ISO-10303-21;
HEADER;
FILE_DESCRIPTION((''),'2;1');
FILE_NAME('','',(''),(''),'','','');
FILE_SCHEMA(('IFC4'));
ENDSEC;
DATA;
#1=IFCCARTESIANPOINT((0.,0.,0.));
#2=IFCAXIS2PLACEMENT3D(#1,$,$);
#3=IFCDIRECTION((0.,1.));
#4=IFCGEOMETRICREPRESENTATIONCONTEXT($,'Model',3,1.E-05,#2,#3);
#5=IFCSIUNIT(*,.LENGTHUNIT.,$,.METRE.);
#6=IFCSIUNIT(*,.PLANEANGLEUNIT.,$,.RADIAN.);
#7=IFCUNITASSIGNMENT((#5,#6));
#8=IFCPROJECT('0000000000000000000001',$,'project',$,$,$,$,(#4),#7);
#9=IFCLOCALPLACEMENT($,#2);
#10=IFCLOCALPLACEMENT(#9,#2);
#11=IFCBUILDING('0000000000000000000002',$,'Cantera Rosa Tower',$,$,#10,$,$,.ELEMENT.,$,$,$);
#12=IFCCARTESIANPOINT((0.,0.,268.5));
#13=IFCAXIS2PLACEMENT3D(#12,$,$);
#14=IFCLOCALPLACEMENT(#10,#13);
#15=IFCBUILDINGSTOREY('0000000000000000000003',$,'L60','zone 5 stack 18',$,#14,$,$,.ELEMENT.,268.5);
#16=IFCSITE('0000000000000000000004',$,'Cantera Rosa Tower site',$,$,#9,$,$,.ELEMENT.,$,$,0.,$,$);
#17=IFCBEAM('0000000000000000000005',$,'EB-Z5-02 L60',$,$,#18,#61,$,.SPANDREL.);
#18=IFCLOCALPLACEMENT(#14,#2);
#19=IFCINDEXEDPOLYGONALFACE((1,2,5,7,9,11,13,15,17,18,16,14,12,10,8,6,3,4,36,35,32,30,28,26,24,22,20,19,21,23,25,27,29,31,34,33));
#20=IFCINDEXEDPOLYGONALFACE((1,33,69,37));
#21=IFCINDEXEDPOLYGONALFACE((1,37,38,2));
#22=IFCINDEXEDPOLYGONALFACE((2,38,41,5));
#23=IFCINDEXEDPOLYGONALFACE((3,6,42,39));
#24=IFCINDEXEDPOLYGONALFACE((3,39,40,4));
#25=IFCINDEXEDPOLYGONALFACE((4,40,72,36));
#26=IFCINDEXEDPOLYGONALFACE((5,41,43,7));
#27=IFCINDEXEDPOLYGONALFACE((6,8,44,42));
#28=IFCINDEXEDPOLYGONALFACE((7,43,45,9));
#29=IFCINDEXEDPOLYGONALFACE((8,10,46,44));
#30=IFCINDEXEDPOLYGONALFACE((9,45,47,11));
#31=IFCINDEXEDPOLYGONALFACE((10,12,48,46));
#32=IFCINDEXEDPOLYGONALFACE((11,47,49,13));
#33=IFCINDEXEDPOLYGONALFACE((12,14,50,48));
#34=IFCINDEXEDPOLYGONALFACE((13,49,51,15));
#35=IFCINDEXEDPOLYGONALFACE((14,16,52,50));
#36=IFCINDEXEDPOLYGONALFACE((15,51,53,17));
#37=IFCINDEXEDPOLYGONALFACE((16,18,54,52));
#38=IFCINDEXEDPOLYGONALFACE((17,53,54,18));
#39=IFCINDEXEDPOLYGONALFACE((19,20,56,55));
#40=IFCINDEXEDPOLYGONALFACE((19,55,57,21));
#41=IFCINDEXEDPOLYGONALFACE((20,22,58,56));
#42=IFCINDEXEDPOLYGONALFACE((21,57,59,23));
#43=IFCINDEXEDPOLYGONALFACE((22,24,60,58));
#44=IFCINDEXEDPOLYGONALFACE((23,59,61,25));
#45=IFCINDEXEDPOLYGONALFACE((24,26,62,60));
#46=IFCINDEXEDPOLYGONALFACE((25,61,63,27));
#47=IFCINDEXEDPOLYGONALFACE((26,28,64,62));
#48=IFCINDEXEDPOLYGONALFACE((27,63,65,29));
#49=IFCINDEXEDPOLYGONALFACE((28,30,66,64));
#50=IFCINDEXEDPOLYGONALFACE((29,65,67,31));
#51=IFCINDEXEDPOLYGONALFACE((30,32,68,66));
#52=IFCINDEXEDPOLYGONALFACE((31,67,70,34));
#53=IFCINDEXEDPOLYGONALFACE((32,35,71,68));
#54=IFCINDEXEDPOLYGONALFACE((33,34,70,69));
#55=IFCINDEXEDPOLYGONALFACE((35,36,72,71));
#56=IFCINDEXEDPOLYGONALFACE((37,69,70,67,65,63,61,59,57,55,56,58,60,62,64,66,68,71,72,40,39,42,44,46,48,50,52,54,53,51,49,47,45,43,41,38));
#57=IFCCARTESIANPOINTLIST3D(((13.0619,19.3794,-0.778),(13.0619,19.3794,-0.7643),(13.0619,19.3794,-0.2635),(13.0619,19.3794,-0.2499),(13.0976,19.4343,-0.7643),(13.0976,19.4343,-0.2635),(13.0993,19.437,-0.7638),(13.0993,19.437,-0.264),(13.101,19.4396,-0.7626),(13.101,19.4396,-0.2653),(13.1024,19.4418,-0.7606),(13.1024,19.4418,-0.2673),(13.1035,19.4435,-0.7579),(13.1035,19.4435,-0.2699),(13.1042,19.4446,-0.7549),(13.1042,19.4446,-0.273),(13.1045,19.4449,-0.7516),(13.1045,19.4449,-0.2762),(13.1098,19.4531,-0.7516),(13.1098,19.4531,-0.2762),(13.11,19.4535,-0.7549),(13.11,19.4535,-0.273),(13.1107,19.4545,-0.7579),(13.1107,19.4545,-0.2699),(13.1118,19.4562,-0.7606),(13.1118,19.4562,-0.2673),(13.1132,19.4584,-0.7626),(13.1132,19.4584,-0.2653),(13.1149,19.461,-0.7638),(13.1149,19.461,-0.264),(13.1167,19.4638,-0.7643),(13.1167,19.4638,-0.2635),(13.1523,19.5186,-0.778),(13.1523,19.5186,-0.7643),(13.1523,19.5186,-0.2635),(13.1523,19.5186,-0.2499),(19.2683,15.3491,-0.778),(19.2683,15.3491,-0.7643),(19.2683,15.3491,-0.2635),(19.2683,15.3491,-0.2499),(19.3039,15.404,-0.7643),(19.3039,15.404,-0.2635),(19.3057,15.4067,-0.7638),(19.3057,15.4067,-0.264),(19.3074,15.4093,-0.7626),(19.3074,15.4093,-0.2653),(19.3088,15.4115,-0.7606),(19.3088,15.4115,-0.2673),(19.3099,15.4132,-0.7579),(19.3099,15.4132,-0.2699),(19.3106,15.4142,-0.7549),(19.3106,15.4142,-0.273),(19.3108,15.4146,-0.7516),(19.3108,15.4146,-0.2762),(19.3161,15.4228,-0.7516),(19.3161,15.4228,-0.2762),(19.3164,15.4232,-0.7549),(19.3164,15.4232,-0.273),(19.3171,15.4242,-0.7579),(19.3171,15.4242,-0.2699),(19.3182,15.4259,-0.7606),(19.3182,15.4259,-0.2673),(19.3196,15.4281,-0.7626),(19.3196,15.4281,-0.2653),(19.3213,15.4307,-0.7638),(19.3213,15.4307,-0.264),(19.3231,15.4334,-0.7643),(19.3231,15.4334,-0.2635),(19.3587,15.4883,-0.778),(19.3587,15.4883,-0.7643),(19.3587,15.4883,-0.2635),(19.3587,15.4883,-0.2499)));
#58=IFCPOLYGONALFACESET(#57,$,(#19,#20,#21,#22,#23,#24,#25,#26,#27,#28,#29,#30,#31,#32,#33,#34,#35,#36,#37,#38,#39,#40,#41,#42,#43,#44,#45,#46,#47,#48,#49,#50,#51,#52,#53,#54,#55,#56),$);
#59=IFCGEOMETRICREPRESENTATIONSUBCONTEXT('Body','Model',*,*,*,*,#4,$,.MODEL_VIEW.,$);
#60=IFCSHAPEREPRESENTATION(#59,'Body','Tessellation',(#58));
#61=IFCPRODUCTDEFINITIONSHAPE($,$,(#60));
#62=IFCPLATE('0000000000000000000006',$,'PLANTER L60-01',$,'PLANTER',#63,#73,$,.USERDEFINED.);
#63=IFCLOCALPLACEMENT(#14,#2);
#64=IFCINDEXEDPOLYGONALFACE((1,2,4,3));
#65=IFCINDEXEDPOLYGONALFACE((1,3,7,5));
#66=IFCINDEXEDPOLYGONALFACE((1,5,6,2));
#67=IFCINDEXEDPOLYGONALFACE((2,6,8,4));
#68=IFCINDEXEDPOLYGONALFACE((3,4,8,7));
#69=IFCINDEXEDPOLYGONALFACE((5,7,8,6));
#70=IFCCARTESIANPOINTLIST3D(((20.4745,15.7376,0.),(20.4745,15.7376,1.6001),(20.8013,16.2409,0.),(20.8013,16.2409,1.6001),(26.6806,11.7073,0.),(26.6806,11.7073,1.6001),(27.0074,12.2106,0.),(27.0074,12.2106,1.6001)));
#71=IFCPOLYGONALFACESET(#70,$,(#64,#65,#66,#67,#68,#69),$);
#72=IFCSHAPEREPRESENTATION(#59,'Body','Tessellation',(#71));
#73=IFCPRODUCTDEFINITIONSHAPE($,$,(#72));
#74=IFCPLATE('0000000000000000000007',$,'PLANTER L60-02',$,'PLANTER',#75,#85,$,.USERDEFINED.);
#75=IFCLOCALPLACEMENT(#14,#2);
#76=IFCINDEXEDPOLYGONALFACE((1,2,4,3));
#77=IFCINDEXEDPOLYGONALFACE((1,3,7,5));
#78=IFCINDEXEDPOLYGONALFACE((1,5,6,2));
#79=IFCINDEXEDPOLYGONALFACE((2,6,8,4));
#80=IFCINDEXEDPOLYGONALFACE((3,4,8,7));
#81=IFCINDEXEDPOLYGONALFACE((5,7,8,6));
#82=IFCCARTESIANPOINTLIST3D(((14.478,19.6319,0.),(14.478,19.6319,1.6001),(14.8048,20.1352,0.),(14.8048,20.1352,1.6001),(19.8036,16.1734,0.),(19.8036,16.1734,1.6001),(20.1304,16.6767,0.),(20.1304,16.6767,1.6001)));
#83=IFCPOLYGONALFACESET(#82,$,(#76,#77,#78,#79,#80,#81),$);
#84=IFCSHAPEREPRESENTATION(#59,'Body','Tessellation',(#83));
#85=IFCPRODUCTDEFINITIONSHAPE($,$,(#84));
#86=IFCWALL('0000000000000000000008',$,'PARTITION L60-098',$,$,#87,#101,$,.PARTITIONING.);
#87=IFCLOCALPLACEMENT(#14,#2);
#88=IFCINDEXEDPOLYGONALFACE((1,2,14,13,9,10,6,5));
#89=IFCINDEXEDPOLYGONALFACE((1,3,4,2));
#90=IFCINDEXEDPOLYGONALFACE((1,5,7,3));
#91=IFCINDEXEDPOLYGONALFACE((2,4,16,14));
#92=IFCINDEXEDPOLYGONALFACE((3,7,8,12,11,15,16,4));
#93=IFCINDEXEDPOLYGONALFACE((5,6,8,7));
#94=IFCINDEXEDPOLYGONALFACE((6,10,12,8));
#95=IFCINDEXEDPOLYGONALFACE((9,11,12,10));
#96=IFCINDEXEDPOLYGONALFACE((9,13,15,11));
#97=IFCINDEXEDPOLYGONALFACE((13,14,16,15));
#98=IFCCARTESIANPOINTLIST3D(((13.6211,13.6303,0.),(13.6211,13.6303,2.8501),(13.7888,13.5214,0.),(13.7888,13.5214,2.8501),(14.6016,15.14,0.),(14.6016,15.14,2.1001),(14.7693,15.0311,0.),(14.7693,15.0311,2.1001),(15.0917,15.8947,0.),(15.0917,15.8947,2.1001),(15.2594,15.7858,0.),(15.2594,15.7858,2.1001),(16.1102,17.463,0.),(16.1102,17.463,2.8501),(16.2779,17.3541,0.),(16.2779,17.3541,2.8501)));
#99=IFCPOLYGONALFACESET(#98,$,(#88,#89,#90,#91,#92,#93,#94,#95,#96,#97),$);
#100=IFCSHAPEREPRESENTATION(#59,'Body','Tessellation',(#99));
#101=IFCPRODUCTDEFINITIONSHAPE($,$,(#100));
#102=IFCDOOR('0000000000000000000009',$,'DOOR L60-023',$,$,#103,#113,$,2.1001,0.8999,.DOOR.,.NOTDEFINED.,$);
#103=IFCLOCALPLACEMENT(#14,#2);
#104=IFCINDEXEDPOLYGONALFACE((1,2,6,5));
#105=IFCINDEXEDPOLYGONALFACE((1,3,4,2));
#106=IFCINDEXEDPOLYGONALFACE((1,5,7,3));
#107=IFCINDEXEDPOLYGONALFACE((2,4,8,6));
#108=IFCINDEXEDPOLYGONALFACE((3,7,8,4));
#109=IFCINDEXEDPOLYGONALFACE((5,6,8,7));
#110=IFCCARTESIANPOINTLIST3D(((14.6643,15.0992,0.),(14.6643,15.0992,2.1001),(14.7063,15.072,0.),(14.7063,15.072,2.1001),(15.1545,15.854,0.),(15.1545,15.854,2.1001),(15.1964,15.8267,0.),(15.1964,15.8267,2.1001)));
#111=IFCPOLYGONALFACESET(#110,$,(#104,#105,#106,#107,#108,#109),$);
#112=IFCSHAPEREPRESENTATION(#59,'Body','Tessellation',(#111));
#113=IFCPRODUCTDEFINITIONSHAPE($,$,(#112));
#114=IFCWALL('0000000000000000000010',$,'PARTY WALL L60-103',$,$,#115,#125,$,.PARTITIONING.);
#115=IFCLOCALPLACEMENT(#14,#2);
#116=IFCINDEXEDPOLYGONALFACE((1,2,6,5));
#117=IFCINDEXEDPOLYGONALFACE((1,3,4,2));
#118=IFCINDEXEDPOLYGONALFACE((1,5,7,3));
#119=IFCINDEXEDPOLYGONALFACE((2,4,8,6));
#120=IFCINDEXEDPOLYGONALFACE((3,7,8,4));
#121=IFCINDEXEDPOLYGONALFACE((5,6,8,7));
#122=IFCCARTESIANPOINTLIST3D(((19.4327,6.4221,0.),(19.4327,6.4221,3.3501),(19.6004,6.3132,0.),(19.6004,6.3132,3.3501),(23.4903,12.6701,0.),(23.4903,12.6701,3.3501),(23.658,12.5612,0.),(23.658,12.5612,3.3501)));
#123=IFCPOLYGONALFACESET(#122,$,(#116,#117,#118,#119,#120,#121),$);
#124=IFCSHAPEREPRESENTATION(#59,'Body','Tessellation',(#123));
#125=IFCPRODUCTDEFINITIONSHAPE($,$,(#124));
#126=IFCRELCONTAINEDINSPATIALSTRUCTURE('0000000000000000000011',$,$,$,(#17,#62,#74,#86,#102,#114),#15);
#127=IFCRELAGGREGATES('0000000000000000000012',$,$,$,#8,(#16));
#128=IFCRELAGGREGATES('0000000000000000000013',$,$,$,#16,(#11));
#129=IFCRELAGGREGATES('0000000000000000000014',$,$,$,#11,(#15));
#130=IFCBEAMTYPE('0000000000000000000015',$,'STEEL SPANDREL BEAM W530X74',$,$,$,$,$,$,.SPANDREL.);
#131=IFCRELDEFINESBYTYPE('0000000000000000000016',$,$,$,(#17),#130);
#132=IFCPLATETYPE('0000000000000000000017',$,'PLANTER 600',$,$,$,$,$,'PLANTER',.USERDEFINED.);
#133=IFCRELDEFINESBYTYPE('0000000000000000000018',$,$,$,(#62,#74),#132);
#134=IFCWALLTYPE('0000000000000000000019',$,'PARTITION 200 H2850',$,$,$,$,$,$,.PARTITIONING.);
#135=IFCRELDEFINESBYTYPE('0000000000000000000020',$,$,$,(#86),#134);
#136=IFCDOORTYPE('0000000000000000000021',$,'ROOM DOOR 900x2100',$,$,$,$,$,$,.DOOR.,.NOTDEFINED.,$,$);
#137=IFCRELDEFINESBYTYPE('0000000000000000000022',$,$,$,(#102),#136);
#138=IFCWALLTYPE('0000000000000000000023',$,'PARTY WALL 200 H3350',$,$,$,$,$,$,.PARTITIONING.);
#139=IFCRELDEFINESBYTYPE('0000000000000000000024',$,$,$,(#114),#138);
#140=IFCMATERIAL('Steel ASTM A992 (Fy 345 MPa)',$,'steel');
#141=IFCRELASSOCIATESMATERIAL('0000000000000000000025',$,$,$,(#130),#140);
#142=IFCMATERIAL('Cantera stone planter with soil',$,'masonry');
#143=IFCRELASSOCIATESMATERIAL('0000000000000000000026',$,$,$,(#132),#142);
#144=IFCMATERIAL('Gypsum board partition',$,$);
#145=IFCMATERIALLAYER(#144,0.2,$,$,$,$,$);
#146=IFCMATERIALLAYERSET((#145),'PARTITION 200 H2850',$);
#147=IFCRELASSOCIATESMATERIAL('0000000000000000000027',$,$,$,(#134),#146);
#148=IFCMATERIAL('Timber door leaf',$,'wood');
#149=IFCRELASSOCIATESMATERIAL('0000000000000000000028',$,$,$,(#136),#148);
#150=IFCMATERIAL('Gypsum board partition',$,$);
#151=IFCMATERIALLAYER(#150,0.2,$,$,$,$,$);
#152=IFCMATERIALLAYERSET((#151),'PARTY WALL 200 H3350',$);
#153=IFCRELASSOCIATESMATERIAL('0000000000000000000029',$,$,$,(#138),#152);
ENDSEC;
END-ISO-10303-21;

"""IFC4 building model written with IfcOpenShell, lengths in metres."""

from ifc_helpers import new_model, si_unit, direction, frame, frame_2d, origin, origin_2d, place, context, subcontext, project, spatial, rectangle, i_section, extrude, material, layer, layer_set, material_profile, profile_set, type_object, element, fill, save


model = new_model("IFC4")

# Units and contexts
model_context = context("Model", 3, precision=1e-05, world=origin(), true_north=direction((0.0, 1.0)))
body_context = subcontext(model_context, "Body", "Model", "MODEL_VIEW")
ifc_project = project(units=[si_unit("LENGTHUNIT", "METRE"), si_unit("PLANEANGLEUNIT", "RADIAN")], contexts=[model_context])

# Site, building, storey
site_placement = place(None, origin())
site = spatial("IfcSite", under=ifc_project, at=site_placement, Name="Cantera Rosa Tower site", CompositionType="ELEMENT", RefElevation=0.0)
building_placement = place(site_placement, origin())
building = spatial("IfcBuilding", under=site, at=building_placement, Name="Cantera Rosa Tower", CompositionType="ELEMENT")
storey_placement = place(building_placement, frame((0.0, 0.0, 268.5)))
storey = spatial("IfcBuildingStorey", under=building, at=storey_placement, Name="L60", Description="zone 5 stack 18", CompositionType="ELEMENT", Elevation=268.5)

# Beam
ifc_material_1 = material(Name="Steel ASTM A992 (Fy 345 MPa)", Category="steel")
ifc_material_profile_1 = material_profile(ifc_material_1, i_section(OverallWidth=0.166, OverallDepth=0.5281, WebThickness=0.0098, FlangeThickness=0.0137, FilletRadius=0.0127, at=origin_2d()), Name="W530X74")
ifc_profile_set_1 = profile_set([ifc_material_profile_1], Name="Steel ASTM A992 (Fy 345 MPa)")
beam_type_1 = type_object("IfcBeamType", Name="STEEL SPANDREL BEAM W530X74", PredefinedType="SPANDREL", material=ifc_profile_set_1)
beam_1_placement = place(storey_placement, frame((19.3135, 15.4187, -0.5139), z_axis=(-0.838679, 0.544625, 0.0), x_axis=(-0.544625, -0.838679, 0.0)))
element("IfcBeam", 1, at=beam_1_placement, inside=storey, type_object=beam_type_1, Name="EB-Z5-02 L60", PredefinedType="SPANDREL", context=body_context, shape_type="SweptSolid", body=[
    extrude(i_section(OverallWidth=0.166, OverallDepth=0.5281, WebThickness=0.0098, FlangeThickness=0.0137, FilletRadius=0.0127, at=origin_2d()), origin(), (0.0, 0.0, 1.0), 7.4001),
])

# Plates
ifc_material_2 = material(Name="Cantera stone planter with soil", Category="masonry")
plate_type = type_object("IfcPlateType", Name="PLANTER 600", ElementType="PLANTER", PredefinedType="USERDEFINED", material=ifc_material_2)
plate_1_placement = place(storey_placement, frame((23.741, 13.9741, 0.0), z_axis=(0.0, 0.0, 1.0), x_axis=(-0.838671, 0.544639, 0.0)))
element("IfcPlate", 2, at=plate_1_placement, inside=storey, type_object=plate_type, Name="PLANTER L60-01", ObjectType="PLANTER", PredefinedType="USERDEFINED", context=body_context, shape_type="SweptSolid", body=[
    extrude(rectangle(XDim=7.3999, YDim=0.6001, at=origin_2d()), origin(), (0.0, 0.0, 1.0), 1.6001),
])
plate_2_placement = place(storey_placement, frame((17.3042, 18.1543, 0.0), z_axis=(0.0, 0.0, 1.0), x_axis=(-0.838671, 0.544639, 0.0)))
element("IfcPlate", 3, at=plate_2_placement, inside=storey, type_object=plate_type, Name="PLANTER L60-02", ObjectType="PLANTER", PredefinedType="USERDEFINED", context=body_context, shape_type="SweptSolid", body=[
    extrude(rectangle(XDim=6.3501, YDim=0.6001, at=origin_2d()), origin(), (0.0, 0.0, 1.0), 1.6001),
])

# Wall, opening, door
ifc_material_3 = material(Name="Gypsum board partition")
ifc_layer_1 = layer(ifc_material_3, 0.2)
ifc_layer_set_1 = layer_set([ifc_layer_1], Name="PARTITION 200 H2850")
wall_type_1 = type_object("IfcWallType", Name="PARTITION 200 H2850", PredefinedType="PARTITIONING", material=ifc_layer_set_1)
wall_1_placement = place(storey_placement, frame((16.1941, 17.4087, 0.0), z_axis=(0.0, 0.0, 1.0), x_axis=(-0.544637, -0.838672, 0.0)))
wall_1 = element("IfcWall", 4, at=wall_1_placement, inside=storey, type_object=wall_type_1, Name="PARTITION L60-098", PredefinedType="PARTITIONING", context=body_context, shape_type="SweptSolid", body=[
    extrude(rectangle(XDim=4.5701, YDim=0.2, at=frame_2d((2.2852, 0.0))), origin(), (0.0, 0.0, 1.0), 2.8501),
])
opening_1_placement = place(wall_1_placement, frame((1.8701, 0.0, 0.0)))
opening_1 = element("IfcOpeningElement", 5, at=opening_1_placement, cuts=wall_1, PredefinedType="OPENING", context=body_context, shape_type="SweptSolid", body=[
    extrude(rectangle(XDim=0.8999, YDim=2.1001, at=frame_2d((0.45, 1.05))), frame((0.0, 0.1099, 0.0), z_axis=(0.0, -1.0, 0.0), x_axis=(1.0, 0.0, 0.0)), (0.0, 0.0, 1.0), 0.22),
])
ifc_material_4 = material(Name="Timber door leaf", Category="wood")
door_type_1 = type_object("IfcDoorType", Name="ROOM DOOR 900x2100", OperationType="NOTDEFINED", PredefinedType="DOOR", material=ifc_material_4)
door_1_placement = place(opening_1_placement, origin())
door_1 = element("IfcDoor", 6, at=door_1_placement, inside=storey, type_object=door_type_1, Name="DOOR L60-023", OperationType="NOTDEFINED", OverallHeight=2.1001, OverallWidth=0.8999, PredefinedType="DOOR", context=body_context, shape_type="SweptSolid", body=[
    extrude(rectangle(XDim=0.8999, YDim=2.1001, at=frame_2d((0.45, 1.05))), frame((0.0, 0.0249, 0.0), z_axis=(0.0, -1.0, 0.0), x_axis=(1.0, 0.0, 0.0)), (0.0, 0.0, 1.0), 0.05),
])
fill(opening_1, door_1)

# Wall
ifc_material_5 = material(Name="Gypsum board partition")
ifc_layer_2 = layer(ifc_material_5, 0.2)
ifc_layer_set_2 = layer_set([ifc_layer_2], Name="PARTY WALL 200 H3350")
wall_type_2 = type_object("IfcWallType", Name="PARTY WALL 200 H3350", PredefinedType="PARTITIONING", material=ifc_layer_set_2)
wall_2_placement = place(storey_placement, frame((23.5742, 12.6157, 0.0), z_axis=(0.0, 0.0, 1.0), x_axis=(-0.544647, -0.838665, 0.0)))
element("IfcWall", 7, at=wall_2_placement, inside=storey, type_object=wall_type_2, Name="PARTY WALL L60-103", PredefinedType="PARTITIONING", context=body_context, shape_type="SweptSolid", body=[
    extrude(rectangle(XDim=7.45, YDim=0.2, at=frame_2d((3.7251, 0.0))), origin(), (0.0, 0.0, 1.0), 3.3501),
])

save(model, "model.ifc")
